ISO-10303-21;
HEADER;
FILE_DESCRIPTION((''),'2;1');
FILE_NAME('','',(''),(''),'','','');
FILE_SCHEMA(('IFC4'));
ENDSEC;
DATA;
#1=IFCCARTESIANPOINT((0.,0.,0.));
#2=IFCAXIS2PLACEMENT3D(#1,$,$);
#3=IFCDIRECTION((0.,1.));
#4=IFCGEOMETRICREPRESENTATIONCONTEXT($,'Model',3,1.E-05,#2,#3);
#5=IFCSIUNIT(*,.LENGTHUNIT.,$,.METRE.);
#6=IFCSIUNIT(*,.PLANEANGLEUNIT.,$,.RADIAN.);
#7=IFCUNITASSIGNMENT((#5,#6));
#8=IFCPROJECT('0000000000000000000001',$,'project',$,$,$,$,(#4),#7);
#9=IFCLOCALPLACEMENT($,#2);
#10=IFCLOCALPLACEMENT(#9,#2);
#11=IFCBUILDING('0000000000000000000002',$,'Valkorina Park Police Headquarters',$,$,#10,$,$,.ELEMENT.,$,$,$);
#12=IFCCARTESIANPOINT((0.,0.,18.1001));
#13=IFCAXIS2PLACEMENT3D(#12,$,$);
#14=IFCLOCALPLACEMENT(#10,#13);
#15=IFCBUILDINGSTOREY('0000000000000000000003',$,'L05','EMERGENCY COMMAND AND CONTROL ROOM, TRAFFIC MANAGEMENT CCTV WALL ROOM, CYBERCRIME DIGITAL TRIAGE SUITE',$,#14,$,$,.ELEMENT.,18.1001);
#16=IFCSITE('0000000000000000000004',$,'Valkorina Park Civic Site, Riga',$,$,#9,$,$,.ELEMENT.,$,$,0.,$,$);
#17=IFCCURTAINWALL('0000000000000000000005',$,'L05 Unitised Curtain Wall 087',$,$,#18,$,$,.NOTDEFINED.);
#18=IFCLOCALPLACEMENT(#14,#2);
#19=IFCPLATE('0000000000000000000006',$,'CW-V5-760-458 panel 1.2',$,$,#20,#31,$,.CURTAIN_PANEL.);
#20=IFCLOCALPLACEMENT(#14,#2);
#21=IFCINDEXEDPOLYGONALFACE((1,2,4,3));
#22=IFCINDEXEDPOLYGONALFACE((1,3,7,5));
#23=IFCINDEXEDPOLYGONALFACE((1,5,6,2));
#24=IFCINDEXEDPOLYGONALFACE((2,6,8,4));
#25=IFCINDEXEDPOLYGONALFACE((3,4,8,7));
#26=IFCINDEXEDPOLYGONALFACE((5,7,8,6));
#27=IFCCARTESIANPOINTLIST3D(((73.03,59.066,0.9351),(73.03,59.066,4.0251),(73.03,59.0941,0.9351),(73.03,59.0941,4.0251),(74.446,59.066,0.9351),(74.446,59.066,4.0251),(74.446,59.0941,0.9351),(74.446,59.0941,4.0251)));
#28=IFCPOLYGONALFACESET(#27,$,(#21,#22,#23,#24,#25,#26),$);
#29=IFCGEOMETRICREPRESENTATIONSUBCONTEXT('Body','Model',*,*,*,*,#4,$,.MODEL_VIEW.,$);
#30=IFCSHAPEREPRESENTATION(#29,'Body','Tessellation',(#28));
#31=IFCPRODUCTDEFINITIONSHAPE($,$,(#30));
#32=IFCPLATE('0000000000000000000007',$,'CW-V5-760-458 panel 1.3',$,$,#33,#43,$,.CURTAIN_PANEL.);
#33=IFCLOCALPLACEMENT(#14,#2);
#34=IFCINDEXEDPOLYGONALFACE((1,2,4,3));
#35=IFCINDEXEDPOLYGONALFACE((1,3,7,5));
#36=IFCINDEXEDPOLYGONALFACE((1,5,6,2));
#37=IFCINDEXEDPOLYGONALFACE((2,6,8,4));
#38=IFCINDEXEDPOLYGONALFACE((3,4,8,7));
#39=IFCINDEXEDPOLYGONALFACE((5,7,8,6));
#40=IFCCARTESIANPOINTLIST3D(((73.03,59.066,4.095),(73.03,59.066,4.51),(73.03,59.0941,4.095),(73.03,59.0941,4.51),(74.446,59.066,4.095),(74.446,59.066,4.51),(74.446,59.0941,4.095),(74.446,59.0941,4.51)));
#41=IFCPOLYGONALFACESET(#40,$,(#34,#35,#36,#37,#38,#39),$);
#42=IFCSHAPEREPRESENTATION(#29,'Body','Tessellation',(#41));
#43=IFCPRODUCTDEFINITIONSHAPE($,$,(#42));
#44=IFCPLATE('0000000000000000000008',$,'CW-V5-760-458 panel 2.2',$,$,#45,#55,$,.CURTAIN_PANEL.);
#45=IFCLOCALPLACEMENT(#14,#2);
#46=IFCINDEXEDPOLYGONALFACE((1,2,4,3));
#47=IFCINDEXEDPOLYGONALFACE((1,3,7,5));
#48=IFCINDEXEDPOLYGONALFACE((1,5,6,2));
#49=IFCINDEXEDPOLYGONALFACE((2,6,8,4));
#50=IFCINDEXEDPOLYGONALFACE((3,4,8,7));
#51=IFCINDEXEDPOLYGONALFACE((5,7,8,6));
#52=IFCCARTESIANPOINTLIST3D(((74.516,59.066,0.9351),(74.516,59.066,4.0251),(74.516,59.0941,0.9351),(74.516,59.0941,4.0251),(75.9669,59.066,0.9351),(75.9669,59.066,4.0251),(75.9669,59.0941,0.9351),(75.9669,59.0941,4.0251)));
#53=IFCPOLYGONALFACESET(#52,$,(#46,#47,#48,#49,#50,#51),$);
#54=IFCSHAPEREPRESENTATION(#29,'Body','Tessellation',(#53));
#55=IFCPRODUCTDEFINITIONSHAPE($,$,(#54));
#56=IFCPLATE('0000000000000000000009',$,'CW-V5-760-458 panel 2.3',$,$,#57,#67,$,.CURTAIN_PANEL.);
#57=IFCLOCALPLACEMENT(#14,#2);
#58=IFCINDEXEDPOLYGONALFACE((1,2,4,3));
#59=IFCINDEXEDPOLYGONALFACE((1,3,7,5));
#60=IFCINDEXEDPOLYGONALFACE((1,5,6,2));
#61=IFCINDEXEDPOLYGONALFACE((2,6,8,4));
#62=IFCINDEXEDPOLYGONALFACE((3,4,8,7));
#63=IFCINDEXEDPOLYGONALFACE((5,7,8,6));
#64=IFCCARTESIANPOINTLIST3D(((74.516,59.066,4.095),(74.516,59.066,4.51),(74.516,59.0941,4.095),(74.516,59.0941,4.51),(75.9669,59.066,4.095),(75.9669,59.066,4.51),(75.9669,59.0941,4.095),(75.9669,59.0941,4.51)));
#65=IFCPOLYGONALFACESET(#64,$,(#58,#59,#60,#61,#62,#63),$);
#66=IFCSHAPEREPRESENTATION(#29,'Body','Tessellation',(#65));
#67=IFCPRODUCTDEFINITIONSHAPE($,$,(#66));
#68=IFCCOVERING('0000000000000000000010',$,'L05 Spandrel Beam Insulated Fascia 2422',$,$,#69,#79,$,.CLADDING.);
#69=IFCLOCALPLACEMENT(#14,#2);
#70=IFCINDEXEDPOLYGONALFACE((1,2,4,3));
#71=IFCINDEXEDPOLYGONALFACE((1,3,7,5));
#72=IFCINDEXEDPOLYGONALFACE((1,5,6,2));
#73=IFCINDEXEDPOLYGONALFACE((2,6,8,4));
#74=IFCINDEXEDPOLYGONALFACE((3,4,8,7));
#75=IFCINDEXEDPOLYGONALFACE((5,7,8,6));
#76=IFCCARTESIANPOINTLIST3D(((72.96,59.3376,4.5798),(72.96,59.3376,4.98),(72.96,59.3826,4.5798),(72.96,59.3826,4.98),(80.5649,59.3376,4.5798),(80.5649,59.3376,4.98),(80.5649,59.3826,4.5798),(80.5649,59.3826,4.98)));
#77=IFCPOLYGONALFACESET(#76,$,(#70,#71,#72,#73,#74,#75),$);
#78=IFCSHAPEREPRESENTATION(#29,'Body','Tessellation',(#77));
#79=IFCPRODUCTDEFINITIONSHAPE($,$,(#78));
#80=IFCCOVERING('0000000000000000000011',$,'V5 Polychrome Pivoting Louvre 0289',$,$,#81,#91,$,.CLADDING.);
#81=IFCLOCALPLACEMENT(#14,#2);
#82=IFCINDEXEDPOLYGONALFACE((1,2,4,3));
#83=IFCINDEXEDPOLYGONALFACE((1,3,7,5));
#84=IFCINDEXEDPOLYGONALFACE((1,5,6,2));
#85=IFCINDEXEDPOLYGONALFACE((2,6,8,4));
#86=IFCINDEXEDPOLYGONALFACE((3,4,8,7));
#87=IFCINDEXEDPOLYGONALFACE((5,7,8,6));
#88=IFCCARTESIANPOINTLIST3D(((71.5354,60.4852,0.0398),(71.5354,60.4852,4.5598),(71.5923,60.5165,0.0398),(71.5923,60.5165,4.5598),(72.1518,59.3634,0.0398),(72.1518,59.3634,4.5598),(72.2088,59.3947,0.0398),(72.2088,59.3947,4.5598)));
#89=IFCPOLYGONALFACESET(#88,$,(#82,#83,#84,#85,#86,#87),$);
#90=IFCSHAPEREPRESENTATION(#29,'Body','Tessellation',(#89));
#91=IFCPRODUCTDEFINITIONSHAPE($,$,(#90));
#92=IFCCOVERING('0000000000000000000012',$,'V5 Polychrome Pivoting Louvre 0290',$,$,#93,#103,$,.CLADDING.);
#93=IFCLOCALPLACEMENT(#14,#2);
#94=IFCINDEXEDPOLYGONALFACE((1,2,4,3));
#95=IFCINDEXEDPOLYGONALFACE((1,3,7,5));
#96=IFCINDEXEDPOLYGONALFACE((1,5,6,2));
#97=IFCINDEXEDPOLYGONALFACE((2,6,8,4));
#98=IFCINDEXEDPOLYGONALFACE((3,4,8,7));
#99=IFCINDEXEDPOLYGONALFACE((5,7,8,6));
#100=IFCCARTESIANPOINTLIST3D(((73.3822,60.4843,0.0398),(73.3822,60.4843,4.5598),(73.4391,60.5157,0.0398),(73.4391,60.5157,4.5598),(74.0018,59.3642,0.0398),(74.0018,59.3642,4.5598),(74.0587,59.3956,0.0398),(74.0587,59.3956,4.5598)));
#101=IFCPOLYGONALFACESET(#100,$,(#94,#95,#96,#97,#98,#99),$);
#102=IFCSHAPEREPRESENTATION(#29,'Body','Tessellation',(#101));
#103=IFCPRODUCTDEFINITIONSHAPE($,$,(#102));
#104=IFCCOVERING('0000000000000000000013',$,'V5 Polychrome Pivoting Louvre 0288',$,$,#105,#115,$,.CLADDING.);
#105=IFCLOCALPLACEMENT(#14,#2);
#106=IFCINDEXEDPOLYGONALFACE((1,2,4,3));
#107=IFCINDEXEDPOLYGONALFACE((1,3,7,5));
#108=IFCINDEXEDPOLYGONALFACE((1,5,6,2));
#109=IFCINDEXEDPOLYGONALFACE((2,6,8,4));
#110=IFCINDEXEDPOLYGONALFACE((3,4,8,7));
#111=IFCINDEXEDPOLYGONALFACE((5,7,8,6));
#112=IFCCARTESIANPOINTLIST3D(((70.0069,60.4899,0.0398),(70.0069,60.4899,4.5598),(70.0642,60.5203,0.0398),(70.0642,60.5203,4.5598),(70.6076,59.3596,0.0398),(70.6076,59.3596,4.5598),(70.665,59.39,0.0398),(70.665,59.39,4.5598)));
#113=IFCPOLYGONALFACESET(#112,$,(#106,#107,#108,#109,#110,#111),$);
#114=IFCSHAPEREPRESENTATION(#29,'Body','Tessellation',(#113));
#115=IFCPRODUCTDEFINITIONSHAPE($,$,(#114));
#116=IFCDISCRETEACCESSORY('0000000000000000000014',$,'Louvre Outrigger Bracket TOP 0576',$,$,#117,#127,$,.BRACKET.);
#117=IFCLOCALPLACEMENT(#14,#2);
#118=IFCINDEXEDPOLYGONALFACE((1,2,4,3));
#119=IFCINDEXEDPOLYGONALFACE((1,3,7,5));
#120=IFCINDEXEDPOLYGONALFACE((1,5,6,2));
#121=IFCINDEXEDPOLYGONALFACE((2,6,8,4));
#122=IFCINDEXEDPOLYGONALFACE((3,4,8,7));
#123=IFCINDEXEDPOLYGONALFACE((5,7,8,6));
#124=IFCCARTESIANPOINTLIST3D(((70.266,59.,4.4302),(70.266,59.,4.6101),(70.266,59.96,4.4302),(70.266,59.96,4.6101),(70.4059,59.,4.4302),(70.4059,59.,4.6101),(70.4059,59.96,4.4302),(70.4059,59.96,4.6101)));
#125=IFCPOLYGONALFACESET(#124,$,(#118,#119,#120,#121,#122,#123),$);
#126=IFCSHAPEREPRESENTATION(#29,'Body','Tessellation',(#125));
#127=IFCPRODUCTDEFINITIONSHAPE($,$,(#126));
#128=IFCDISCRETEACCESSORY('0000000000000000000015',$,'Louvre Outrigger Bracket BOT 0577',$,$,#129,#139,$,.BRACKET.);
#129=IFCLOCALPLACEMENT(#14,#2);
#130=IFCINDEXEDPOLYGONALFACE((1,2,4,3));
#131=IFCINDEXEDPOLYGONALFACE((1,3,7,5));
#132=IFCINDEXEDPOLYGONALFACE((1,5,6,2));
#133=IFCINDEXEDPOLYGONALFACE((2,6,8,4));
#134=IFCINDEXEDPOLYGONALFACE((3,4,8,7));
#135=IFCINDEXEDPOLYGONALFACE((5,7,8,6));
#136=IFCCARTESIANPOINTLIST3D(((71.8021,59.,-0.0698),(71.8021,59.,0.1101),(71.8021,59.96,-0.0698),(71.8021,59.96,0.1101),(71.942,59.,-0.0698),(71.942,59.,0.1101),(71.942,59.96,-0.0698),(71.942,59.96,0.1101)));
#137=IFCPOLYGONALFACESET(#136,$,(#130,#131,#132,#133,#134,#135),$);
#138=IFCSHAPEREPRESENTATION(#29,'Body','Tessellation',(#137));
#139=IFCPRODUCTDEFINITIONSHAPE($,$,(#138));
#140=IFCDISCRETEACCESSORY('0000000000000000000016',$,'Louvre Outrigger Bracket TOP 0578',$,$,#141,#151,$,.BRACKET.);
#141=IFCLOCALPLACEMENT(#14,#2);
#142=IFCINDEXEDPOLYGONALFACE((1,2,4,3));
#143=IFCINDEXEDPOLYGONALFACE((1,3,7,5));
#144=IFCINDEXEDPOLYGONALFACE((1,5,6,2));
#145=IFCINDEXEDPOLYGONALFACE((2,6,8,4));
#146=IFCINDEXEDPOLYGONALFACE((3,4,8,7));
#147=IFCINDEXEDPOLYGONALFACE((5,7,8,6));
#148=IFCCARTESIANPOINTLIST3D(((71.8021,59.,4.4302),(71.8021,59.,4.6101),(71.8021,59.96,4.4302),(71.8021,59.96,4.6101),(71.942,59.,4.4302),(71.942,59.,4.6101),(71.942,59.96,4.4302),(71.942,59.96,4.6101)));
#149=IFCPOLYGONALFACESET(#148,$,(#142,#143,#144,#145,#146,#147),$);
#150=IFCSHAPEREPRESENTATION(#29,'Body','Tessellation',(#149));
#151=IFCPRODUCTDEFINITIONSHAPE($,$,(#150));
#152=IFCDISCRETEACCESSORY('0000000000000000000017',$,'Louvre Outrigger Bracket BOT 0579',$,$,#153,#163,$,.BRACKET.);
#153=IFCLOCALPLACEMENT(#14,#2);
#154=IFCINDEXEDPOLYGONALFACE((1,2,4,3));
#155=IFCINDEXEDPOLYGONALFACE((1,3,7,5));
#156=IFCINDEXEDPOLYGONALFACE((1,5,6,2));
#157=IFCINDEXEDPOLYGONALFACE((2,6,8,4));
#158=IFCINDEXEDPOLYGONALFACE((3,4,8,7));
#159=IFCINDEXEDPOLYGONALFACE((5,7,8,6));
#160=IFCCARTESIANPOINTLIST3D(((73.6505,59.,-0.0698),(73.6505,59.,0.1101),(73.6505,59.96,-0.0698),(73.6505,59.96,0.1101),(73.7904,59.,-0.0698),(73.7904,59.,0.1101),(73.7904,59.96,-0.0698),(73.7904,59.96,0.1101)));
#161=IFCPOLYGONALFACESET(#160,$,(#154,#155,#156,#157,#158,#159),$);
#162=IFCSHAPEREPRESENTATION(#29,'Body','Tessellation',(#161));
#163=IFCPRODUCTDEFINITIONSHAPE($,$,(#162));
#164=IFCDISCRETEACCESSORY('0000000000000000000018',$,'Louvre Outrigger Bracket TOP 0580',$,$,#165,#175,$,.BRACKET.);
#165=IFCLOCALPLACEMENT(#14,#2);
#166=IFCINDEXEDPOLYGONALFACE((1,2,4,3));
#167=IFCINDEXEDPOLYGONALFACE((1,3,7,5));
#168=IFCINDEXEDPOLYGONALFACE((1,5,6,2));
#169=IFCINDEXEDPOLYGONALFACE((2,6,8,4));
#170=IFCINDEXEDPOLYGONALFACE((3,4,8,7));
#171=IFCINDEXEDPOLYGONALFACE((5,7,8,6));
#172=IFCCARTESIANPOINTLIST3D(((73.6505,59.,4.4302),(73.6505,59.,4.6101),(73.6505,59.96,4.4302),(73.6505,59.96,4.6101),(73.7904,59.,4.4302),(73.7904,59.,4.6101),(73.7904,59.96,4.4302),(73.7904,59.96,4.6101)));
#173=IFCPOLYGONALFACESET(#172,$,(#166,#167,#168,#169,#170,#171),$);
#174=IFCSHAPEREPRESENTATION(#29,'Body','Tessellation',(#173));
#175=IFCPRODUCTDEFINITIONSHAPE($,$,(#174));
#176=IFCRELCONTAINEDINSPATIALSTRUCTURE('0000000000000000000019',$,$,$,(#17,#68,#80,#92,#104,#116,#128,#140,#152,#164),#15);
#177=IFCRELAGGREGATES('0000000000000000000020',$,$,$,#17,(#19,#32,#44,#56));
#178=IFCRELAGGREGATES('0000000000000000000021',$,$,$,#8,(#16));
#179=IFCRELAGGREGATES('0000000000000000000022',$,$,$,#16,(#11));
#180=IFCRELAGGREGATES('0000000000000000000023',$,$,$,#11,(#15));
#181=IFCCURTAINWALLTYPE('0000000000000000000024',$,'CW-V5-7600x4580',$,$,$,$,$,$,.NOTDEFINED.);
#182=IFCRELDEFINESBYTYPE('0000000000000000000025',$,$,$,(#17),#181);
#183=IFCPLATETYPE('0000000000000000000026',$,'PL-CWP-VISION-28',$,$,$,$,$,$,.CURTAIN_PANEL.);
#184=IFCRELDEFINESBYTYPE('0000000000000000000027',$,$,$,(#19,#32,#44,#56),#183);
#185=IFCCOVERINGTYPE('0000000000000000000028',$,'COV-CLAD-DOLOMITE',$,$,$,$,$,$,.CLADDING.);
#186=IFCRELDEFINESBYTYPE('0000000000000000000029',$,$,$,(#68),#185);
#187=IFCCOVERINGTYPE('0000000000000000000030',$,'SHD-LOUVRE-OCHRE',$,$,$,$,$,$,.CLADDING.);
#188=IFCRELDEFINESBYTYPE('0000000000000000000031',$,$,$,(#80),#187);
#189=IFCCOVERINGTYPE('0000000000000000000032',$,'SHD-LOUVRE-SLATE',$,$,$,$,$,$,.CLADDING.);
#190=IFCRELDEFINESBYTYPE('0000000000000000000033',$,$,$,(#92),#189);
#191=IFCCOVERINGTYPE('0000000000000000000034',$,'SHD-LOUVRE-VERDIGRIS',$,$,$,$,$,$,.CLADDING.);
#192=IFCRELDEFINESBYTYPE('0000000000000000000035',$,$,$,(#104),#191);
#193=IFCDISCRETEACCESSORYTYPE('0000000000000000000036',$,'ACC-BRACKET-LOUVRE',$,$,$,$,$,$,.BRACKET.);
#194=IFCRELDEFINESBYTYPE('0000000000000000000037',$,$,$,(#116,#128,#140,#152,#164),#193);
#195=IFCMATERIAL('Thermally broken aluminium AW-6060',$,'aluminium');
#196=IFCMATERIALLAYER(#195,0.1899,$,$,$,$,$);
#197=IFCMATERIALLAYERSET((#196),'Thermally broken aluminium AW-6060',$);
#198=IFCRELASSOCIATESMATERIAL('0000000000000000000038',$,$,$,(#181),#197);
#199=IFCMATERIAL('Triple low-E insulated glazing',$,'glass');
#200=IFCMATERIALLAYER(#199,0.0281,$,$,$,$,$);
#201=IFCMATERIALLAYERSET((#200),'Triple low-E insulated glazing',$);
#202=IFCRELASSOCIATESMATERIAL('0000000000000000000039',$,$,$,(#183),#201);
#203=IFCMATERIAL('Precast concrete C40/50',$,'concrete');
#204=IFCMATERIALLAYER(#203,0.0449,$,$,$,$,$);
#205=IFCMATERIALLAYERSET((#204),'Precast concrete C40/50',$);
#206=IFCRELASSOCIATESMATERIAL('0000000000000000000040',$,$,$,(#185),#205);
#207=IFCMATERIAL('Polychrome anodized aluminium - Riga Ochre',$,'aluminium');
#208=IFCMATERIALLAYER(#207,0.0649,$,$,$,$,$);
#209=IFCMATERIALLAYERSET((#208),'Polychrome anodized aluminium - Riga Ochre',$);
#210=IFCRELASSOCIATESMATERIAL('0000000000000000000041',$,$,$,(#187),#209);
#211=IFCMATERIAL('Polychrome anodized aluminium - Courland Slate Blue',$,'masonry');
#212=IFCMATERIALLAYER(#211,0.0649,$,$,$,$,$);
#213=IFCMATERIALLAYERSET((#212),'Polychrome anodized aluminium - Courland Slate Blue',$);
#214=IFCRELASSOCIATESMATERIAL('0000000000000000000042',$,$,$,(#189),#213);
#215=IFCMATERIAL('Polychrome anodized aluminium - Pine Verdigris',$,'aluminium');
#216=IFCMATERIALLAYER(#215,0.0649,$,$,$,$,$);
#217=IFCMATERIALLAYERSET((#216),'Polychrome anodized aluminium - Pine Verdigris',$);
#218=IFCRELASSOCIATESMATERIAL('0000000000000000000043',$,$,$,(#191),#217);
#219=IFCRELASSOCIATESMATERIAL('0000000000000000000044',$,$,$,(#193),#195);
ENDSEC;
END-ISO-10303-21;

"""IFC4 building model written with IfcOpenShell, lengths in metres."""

from ifc_helpers import new_model, si_unit, direction, frame, frame_2d, origin, origin_2d, place, context, subcontext, project, spatial, rectangle, extrude, material, layer, layer_set, type_object, element, aggregate, save


model = new_model("IFC4")

# Units and contexts
model_context = context("Model", 3, precision=1e-05, world=origin(), true_north=direction((0.0, 1.0)))
body_context = subcontext(model_context, "Body", "Model", "MODEL_VIEW")
ifc_project = project(units=[si_unit("LENGTHUNIT", "METRE"), si_unit("PLANEANGLEUNIT", "RADIAN")], contexts=[model_context])

# Site, building, storey
site_placement = place(None, origin())
site = spatial("IfcSite", under=ifc_project, at=site_placement, Name="Valkorina Park Civic Site, Riga", CompositionType="ELEMENT", RefElevation=0.0)
building_placement = place(site_placement, origin())
building = spatial("IfcBuilding", under=site, at=building_placement, Name="Valkorina Park Police Headquarters", CompositionType="ELEMENT")
storey_placement = place(building_placement, frame((0.0, 0.0, 18.1001)))
storey = spatial("IfcBuildingStorey", under=building, at=storey_placement, Name="L05", Description="EMERGENCY COMMAND AND CONTROL ROOM, TRAFFIC MANAGEMENT CCTV WALL ROOM, CYBERCRIME DIGITAL TRIAGE SUITE", CompositionType="ELEMENT", Elevation=18.1001)

# Curtain wall
ifc_material_1 = material(Name="Thermally broken aluminium AW-6060", Category="aluminium")
ifc_layer_1 = layer(ifc_material_1, 0.1899)
ifc_layer_set_1 = layer_set([ifc_layer_1], Name="Thermally broken aluminium AW-6060")
curtain_wall_type_1 = type_object("IfcCurtainWallType", Name="CW-V5-7600x4580", PredefinedType="NOTDEFINED", material=ifc_layer_set_1)
curtain_wall_1_placement = place(storey_placement, origin())
curtain_wall_1 = element("IfcCurtainWall", 1, at=curtain_wall_1_placement, inside=storey, type_object=curtain_wall_type_1, Name="L05 Unitised Curtain Wall 087", PredefinedType="NOTDEFINED")

# Plates
ifc_material_2 = material(Name="Triple low-E insulated glazing", Category="glass")
ifc_layer_2 = layer(ifc_material_2, 0.0281)
ifc_layer_set_2 = layer_set([ifc_layer_2], Name="Triple low-E insulated glazing")
plate_type_1 = type_object("IfcPlateType", Name="PL-CWP-VISION-28", PredefinedType="CURTAIN_PANEL", material=ifc_layer_set_2)
plate_1_placement = place(storey_placement, frame((73.738, 59.0801, 0.9351), z_axis=(0.0, 0.0, 1.0), x_axis=(1.0, 0.0, 0.0)))
plate_1 = element("IfcPlate", 2, at=plate_1_placement, type_object=plate_type_1, Name="CW-V5-760-458 panel 1.2", PredefinedType="CURTAIN_PANEL", context=body_context, shape_type="SweptSolid", body=[
    extrude(rectangle(XDim=1.416, YDim=0.0281, at=origin_2d()), origin(), (0.0, 0.0, 1.0), 3.0901),
])
plate_2_placement = place(storey_placement, frame((73.738, 59.0801, 4.095), z_axis=(0.0, 0.0, 1.0), x_axis=(1.0, 0.0, 0.0)))
plate_2 = element("IfcPlate", 3, at=plate_2_placement, type_object=plate_type_1, Name="CW-V5-760-458 panel 1.3", PredefinedType="CURTAIN_PANEL", context=body_context, shape_type="SweptSolid", body=[
    extrude(rectangle(XDim=1.416, YDim=0.0281, at=origin_2d()), origin(), (0.0, 0.0, 1.0), 0.415),
])
plate_3_placement = place(storey_placement, frame((75.2415, 59.0801, 0.9351), z_axis=(0.0, 0.0, 1.0), x_axis=(1.0, 0.0, 0.0)))
plate_3 = element("IfcPlate", 4, at=plate_3_placement, type_object=plate_type_1, Name="CW-V5-760-458 panel 2.2", PredefinedType="CURTAIN_PANEL", context=body_context, shape_type="SweptSolid", body=[
    extrude(rectangle(XDim=1.4509, YDim=0.0281, at=origin_2d()), origin(), (0.0, 0.0, 1.0), 3.0901),
])
plate_4_placement = place(storey_placement, frame((75.2415, 59.0801, 4.095), z_axis=(0.0, 0.0, 1.0), x_axis=(1.0, 0.0, 0.0)))
plate_4 = element("IfcPlate", 5, at=plate_4_placement, type_object=plate_type_1, Name="CW-V5-760-458 panel 2.3", PredefinedType="CURTAIN_PANEL", context=body_context, shape_type="SweptSolid", body=[
    extrude(rectangle(XDim=1.4509, YDim=0.0281, at=origin_2d()), origin(), (0.0, 0.0, 1.0), 0.415),
])
aggregate(curtain_wall_1, [plate_1, plate_2, plate_3, plate_4])

# Coverings
ifc_material_3 = material(Name="Precast concrete C40/50", Category="concrete")
ifc_layer_3 = layer(ifc_material_3, 0.0449)
ifc_layer_set_3 = layer_set([ifc_layer_3], Name="Precast concrete C40/50")
covering_type_1 = type_object("IfcCoveringType", Name="COV-CLAD-DOLOMITE", PredefinedType="CLADDING", material=ifc_layer_set_3)
covering_1_placement = place(storey_placement, frame((72.96, 59.3601, 4.5798), z_axis=(0.0, 0.0, 1.0), x_axis=(1.0, 0.0, 0.0)))
element("IfcCovering", 6, at=covering_1_placement, inside=storey, type_object=covering_type_1, Name="L05 Spandrel Beam Insulated Fascia 2422", PredefinedType="CLADDING", context=body_context, shape_type="SweptSolid", body=[
    extrude(rectangle(XDim=7.605, YDim=0.0449, at=frame_2d((3.8025, 0.0))), origin(), (0.0, 0.0, 1.0), 0.4001),
])
ifc_material_4 = material(Name="Polychrome anodized aluminium - Riga Ochre", Category="aluminium")
ifc_layer_4 = layer(ifc_material_4, 0.0649)
ifc_layer_set_4 = layer_set([ifc_layer_4], Name="Polychrome anodized aluminium - Riga Ochre")
covering_type_2 = type_object("IfcCoveringType", Name="SHD-LOUVRE-OCHRE", PredefinedType="CLADDING", material=ifc_layer_set_4)
covering_2_placement = place(storey_placement, frame((71.8721, 59.9399, 0.0398), z_axis=(0.0, 0.0, 1.0), x_axis=(-0.481601, 0.876391, 0.0)))
element("IfcCovering", 7, at=covering_2_placement, inside=storey, type_object=covering_type_2, Name="V5 Polychrome Pivoting Louvre 0289", PredefinedType="CLADDING", context=body_context, shape_type="SweptSolid", body=[
    extrude(rectangle(XDim=1.28, YDim=0.0649, at=origin_2d()), origin(), (0.0, 0.0, 1.0), 4.52),
])
ifc_material_5 = material(Name="Polychrome anodized aluminium - Courland Slate Blue", Category="masonry")
ifc_layer_5 = layer(ifc_material_5, 0.0649)
ifc_layer_set_5 = layer_set([ifc_layer_5], Name="Polychrome anodized aluminium - Courland Slate Blue")
covering_type_3 = type_object("IfcCoveringType", Name="SHD-LOUVRE-SLATE", PredefinedType="CLADDING", material=ifc_layer_set_5)
covering_3_placement = place(storey_placement, frame((73.7205, 59.9399, 0.0398), z_axis=(0.0, 0.0, 1.0), x_axis=(-0.484046, 0.875042, 0.0)))
element("IfcCovering", 8, at=covering_3_placement, inside=storey, type_object=covering_type_3, Name="V5 Polychrome Pivoting Louvre 0290", PredefinedType="CLADDING", context=body_context, shape_type="SweptSolid", body=[
    extrude(rectangle(XDim=1.28, YDim=0.0649, at=origin_2d()), origin(), (0.0, 0.0, 1.0), 4.52),
])
ifc_material_6 = material(Name="Polychrome anodized aluminium - Pine Verdigris", Category="aluminium")
ifc_layer_6 = layer(ifc_material_6, 0.0649)
ifc_layer_set_6 = layer_set([ifc_layer_6], Name="Polychrome anodized aluminium - Pine Verdigris")
covering_type_4 = type_object("IfcCoveringType", Name="SHD-LOUVRE-VERDIGRIS", PredefinedType="CLADDING", material=ifc_layer_set_6)
covering_4_placement = place(storey_placement, frame((70.3359, 59.9399, 0.0398), z_axis=(0.0, 0.0, 1.0), x_axis=(-0.469317, 0.88303, 0.0)))
element("IfcCovering", 9, at=covering_4_placement, inside=storey, type_object=covering_type_4, Name="V5 Polychrome Pivoting Louvre 0288", PredefinedType="CLADDING", context=body_context, shape_type="SweptSolid", body=[
    extrude(rectangle(XDim=1.28, YDim=0.0649, at=origin_2d()), origin(), (0.0, 0.0, 1.0), 4.52),
])

# Discrete accessories
discrete_accessory_type = type_object("IfcDiscreteAccessoryType", Name="ACC-BRACKET-LOUVRE", PredefinedType="BRACKET", material=ifc_material_1)
for number, where, z_axis, x_axis, name in (
    (10, (70.3359, 59.48, 4.4302), (0.0, 0.0, 1.0), (0.0, 1.0, 0.0), "Louvre Outrigger Bracket TOP 0576"),
    (11, (71.8721, 59.48, -0.0698), (0.0, 0.0, 1.0), (0.0, 1.0, 0.0), "Louvre Outrigger Bracket BOT 0577"),
    (12, (71.8721, 59.48, 4.4302), (0.0, 0.0, 1.0), (0.0, 1.0, 0.0), "Louvre Outrigger Bracket TOP 0578"),
    (13, (73.7205, 59.48, -0.0698), (0.0, 0.0, 1.0), (0.0, 1.0, 0.0), "Louvre Outrigger Bracket BOT 0579"),
    (14, (73.7205, 59.48, 4.4302), (0.0, 0.0, 1.0), (0.0, 1.0, 0.0), "Louvre Outrigger Bracket TOP 0580"),
):
    element("IfcDiscreteAccessory", number, at=place(storey_placement, frame(where, z_axis=z_axis, x_axis=x_axis)), inside=storey, type_object=discrete_accessory_type, Name=name, PredefinedType="BRACKET", context=body_context, shape_type="SweptSolid", body=[
        extrude(rectangle(XDim=0.96, YDim=0.1399, at=origin_2d()), origin(), (0.0, 0.0, 1.0), 0.1799),
    ])

save(model, "model.ifc")
